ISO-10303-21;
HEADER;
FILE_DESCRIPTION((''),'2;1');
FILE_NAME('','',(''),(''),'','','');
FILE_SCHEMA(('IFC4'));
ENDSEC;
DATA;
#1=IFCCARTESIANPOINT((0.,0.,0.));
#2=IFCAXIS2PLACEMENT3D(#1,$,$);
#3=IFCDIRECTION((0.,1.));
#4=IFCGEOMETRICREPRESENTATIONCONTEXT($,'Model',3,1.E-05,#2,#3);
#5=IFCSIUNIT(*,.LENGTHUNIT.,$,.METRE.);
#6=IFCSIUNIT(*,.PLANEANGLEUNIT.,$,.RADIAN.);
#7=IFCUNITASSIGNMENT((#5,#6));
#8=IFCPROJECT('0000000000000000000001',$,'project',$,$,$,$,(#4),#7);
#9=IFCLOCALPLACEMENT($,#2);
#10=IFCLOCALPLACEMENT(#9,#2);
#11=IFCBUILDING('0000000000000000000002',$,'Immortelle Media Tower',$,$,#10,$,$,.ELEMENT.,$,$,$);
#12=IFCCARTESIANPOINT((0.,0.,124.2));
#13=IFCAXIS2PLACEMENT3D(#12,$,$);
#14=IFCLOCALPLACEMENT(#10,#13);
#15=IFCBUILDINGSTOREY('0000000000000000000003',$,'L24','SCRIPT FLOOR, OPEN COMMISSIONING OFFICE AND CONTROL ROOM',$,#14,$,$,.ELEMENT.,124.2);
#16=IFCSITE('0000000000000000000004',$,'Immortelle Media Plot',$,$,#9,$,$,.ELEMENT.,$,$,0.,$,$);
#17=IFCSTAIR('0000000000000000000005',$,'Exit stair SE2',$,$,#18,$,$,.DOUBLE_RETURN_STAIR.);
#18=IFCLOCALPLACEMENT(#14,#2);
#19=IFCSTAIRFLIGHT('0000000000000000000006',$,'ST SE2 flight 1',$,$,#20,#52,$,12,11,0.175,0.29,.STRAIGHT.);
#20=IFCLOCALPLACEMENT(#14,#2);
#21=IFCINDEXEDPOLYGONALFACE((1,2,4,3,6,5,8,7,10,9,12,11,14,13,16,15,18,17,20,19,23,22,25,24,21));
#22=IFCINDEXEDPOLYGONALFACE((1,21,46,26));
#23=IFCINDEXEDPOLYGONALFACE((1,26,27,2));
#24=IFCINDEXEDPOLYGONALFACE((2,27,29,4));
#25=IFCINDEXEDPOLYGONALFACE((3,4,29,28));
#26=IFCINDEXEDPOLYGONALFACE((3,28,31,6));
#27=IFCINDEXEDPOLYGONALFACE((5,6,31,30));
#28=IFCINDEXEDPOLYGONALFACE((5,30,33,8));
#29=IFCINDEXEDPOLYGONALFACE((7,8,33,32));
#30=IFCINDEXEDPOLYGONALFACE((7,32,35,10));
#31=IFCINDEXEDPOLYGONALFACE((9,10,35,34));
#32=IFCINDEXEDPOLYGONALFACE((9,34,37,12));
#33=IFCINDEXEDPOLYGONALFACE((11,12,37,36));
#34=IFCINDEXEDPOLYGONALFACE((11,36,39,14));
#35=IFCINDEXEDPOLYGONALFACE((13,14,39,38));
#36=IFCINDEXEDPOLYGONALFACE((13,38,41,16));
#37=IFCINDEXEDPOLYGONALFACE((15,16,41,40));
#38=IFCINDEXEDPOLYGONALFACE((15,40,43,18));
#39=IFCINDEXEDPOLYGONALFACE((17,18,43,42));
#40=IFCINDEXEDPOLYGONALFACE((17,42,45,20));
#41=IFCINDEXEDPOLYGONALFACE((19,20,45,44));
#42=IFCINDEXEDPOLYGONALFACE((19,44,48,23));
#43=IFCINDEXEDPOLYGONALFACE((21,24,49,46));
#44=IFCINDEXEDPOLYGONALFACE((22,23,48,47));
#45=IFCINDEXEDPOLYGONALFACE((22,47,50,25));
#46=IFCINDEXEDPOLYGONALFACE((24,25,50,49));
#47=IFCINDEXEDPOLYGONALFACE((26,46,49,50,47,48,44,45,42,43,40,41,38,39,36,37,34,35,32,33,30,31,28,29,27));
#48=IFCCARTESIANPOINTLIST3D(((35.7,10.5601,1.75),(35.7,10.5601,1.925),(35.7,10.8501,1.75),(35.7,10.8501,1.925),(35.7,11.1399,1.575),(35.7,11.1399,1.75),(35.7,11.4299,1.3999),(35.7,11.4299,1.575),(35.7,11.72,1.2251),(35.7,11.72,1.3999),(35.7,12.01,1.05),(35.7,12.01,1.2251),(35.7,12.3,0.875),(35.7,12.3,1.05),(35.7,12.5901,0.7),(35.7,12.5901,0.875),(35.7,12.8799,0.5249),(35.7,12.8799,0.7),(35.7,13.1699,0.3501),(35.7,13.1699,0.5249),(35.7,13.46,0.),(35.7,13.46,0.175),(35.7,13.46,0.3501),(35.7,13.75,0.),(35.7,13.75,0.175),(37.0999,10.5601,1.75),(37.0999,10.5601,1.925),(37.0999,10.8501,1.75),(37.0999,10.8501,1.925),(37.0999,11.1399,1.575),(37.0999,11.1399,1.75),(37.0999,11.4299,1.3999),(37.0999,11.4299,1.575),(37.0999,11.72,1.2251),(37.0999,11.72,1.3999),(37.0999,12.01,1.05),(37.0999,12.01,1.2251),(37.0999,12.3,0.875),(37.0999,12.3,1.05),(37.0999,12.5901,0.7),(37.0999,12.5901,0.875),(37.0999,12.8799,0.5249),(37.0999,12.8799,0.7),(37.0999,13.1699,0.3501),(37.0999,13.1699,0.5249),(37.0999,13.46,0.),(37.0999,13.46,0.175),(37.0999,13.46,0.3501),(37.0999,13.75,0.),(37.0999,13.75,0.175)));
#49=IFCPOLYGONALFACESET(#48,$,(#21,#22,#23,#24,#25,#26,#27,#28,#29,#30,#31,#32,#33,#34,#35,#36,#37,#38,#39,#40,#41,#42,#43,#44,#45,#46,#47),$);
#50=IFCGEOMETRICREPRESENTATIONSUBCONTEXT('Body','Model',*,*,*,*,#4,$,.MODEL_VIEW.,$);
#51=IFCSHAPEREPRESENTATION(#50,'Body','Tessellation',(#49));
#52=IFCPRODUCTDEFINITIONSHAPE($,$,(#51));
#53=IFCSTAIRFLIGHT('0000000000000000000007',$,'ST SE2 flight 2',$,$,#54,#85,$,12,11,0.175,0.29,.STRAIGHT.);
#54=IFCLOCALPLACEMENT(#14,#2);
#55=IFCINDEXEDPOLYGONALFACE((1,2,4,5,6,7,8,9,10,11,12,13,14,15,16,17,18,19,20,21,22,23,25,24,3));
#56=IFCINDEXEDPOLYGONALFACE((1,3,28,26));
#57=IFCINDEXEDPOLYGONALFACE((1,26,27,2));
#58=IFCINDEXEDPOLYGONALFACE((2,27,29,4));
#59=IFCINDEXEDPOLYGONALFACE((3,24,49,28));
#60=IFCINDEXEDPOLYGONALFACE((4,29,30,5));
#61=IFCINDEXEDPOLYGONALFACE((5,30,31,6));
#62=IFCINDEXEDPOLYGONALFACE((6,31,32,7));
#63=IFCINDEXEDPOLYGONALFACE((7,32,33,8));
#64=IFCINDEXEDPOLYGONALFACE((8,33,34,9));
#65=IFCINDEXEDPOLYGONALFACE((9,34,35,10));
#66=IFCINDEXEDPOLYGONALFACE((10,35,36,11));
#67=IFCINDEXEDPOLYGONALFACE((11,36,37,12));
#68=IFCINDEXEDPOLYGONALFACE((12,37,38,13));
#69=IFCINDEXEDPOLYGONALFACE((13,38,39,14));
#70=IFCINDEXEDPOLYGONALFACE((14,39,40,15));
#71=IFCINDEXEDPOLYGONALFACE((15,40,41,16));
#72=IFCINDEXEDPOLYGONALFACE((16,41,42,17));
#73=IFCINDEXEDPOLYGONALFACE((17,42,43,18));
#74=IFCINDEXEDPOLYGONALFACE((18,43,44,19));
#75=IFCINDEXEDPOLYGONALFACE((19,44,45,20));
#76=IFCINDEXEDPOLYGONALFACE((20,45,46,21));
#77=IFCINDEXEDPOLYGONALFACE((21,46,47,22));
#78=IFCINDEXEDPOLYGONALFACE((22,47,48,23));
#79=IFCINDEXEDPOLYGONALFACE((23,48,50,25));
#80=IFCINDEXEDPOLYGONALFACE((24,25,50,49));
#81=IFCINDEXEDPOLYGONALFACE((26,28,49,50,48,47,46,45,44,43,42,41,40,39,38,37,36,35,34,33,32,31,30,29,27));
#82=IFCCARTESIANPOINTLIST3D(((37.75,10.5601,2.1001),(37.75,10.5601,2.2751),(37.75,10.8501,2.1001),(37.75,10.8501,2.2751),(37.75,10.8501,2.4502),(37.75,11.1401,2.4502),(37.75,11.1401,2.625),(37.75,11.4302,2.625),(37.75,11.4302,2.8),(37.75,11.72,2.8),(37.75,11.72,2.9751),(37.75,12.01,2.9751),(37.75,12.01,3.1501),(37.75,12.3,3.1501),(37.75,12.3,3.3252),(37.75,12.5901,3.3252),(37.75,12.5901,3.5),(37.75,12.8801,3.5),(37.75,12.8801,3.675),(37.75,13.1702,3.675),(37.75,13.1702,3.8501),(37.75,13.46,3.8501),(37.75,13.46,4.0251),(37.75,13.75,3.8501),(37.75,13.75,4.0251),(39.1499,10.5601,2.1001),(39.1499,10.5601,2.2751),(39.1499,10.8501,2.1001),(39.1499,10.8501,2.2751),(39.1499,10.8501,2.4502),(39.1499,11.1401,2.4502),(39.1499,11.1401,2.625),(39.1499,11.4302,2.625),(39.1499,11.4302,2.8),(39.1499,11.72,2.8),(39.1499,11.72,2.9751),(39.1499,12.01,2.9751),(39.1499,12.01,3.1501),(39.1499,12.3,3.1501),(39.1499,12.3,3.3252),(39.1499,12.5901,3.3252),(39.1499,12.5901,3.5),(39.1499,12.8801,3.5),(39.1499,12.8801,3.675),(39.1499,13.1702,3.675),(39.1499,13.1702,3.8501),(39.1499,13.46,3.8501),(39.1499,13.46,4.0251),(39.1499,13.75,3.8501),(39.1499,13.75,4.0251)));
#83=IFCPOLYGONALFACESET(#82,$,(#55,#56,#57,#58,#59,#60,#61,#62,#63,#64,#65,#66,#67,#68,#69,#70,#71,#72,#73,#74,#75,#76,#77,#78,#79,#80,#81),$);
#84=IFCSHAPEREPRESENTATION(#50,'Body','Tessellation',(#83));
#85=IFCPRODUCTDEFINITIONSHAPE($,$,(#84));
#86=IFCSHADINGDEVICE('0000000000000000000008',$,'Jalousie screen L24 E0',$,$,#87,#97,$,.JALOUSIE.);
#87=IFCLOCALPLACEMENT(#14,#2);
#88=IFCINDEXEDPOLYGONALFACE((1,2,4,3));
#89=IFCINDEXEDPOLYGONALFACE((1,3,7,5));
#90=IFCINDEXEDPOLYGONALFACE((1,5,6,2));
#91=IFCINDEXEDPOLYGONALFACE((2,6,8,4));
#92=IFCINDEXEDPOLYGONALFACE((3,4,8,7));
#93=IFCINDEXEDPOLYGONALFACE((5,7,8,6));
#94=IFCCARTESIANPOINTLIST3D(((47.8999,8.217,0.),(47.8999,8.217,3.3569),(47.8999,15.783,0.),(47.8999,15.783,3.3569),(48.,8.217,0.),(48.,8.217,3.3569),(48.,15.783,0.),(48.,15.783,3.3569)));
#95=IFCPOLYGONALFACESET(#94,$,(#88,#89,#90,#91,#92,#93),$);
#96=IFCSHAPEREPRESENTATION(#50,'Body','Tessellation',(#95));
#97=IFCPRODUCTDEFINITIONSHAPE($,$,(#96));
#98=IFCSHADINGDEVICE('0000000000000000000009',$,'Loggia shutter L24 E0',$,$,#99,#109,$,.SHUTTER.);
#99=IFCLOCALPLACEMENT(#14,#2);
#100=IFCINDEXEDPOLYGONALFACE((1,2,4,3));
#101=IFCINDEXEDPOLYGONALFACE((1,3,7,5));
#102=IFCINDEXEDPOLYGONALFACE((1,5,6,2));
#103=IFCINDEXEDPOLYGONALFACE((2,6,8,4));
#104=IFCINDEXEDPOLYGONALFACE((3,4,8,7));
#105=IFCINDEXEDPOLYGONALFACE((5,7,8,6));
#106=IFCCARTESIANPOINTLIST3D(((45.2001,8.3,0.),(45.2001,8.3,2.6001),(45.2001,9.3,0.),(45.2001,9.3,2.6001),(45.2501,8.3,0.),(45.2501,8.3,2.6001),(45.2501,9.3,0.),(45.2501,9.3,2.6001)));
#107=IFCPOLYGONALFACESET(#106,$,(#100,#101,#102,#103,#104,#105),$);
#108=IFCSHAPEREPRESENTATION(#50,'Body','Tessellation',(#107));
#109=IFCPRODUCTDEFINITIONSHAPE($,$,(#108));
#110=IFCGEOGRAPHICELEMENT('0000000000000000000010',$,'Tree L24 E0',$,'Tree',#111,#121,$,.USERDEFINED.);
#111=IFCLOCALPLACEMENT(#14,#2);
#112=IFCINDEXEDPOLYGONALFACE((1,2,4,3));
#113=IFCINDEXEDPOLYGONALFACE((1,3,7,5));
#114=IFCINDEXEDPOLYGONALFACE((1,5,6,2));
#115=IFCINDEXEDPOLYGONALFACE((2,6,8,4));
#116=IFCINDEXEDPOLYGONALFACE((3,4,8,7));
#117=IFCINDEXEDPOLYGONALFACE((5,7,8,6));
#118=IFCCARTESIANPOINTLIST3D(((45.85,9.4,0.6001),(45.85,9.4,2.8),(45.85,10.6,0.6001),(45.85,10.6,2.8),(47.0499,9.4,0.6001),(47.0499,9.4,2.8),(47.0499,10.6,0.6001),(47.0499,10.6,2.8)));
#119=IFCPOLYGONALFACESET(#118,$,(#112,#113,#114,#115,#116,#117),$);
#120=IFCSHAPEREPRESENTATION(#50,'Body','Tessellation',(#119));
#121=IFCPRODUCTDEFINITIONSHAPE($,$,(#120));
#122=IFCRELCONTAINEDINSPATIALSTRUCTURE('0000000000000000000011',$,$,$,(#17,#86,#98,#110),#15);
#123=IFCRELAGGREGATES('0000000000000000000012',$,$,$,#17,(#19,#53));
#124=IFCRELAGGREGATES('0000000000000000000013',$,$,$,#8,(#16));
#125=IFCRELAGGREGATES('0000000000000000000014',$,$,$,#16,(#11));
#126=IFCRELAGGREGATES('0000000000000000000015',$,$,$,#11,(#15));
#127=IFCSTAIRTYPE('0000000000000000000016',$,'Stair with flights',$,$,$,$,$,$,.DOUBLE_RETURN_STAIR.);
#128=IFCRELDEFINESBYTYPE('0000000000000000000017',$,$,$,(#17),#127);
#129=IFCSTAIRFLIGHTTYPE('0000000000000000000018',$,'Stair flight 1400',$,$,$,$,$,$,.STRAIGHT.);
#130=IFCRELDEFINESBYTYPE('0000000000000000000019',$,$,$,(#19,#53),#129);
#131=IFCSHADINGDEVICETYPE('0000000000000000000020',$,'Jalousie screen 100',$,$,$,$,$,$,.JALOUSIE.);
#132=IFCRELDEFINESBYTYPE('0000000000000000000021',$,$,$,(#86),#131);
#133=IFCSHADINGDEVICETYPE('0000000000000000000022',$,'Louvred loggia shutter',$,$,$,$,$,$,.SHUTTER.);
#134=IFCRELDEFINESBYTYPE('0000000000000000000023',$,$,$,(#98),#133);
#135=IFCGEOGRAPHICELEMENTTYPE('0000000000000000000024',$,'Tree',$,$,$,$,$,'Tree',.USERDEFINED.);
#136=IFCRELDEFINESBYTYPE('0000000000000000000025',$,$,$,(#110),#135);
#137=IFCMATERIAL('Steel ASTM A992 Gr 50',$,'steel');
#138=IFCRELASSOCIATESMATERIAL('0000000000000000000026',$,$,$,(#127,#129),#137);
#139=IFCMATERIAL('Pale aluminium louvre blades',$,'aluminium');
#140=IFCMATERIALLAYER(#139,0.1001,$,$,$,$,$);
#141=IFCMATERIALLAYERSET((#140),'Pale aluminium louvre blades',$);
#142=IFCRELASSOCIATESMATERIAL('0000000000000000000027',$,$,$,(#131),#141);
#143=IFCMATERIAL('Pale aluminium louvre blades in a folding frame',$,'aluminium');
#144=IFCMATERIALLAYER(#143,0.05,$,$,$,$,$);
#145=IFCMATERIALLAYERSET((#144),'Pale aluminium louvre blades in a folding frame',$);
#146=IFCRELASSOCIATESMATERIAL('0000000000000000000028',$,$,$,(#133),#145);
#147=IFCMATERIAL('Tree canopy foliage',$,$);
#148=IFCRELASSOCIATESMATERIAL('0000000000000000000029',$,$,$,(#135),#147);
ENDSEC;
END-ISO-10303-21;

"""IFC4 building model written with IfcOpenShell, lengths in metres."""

from ifc_helpers import new_model, si_unit, direction, frame, origin, origin_2d, place, context, subcontext, project, spatial, polyline, rectangle, outline, extrude, material, layer, layer_set, type_object, element, aggregate, save


model = new_model("IFC4")

# Units and contexts
model_context = context("Model", 3, precision=1e-05, world=origin(), true_north=direction((0.0, 1.0)))
body_context = subcontext(model_context, "Body", "Model", "MODEL_VIEW")
ifc_project = project(units=[si_unit("LENGTHUNIT", "METRE"), si_unit("PLANEANGLEUNIT", "RADIAN")], contexts=[model_context])

# Site, building, storey
site_placement = place(None, origin())
site = spatial("IfcSite", under=ifc_project, at=site_placement, Name="Immortelle Media Plot", CompositionType="ELEMENT", RefElevation=0.0)
building_placement = place(site_placement, origin())
building = spatial("IfcBuilding", under=site, at=building_placement, Name="Immortelle Media Tower", CompositionType="ELEMENT")
storey_placement = place(building_placement, frame((0.0, 0.0, 124.2)))
storey = spatial("IfcBuildingStorey", under=building, at=storey_placement, Name="L24", Description="SCRIPT FLOOR, OPEN COMMISSIONING OFFICE AND CONTROL ROOM", CompositionType="ELEMENT", Elevation=124.2)

# Shared definitions
ifc_material_1 = material(Name="Steel ASTM A992 Gr 50", Category="steel")

# Stair, stair flights
stair_type = type_object("IfcStairType", Name="Stair with flights", PredefinedType="DOUBLE_RETURN_STAIR", material=ifc_material_1)
stair_flight_type = type_object("IfcStairFlightType", Name="Stair flight 1400", PredefinedType="STRAIGHT", material=ifc_material_1)
stair_1_placement = place(storey_placement, origin())
stair_1 = element("IfcStair", 1, at=stair_1_placement, inside=storey, type_object=stair_type, Name="Exit stair SE2", PredefinedType="DOUBLE_RETURN_STAIR")
stair_flight_1_placement = place(storey_placement, frame((36.3999, 13.75, 0.0), z_axis=(0.0, 0.0, 1.0), x_axis=(0.0, -1.0, 0.0)))
stair_flight_1 = element("IfcStairFlight", 2, at=stair_flight_1_placement, type_object=stair_flight_type, Name="ST SE2 flight 1", NumberOfRisers=12, NumberOfTreads=11, PredefinedType="STRAIGHT", RiserHeight=0.175, TreadLength=0.29, context=body_context, shape_type="SweptSolid", body=[
    extrude(outline(polyline([(0.0, 0.0), (0.0, 0.175), (0.29, 0.175), (0.29, 0.3501), (0.5801, 0.3501), (0.5801, 0.5249), (0.8701, 0.5249), (0.8701, 0.7), (1.1599, 0.7), (1.1599, 0.875), (1.45, 0.875), (1.45, 1.05), (1.74, 1.05), (1.74, 1.2251), (2.03, 1.2251), (2.03, 1.3999), (2.3201, 1.3999), (2.3201, 1.575), (2.6101, 1.575), (2.6101, 1.75), (2.8999, 1.75), (2.8999, 1.925), (3.1899, 1.925), (3.1899, 2.1001), (3.1899, 1.75), (0.29, 0.0), (0.0, 0.0)])), frame((0.0, 0.7, 0.0), z_axis=(0.0, -1.0, 0.0), x_axis=(1.0, 0.0, 0.0)), (0.0, 0.0, 1.0), 1.3999),
])
stair_flight_2_placement = place(storey_placement, frame((38.45, 10.5601, 2.1001), z_axis=(0.0, 0.0, 1.0), x_axis=(0.0, 1.0, 0.0)))
stair_flight_2 = element("IfcStairFlight", 3, at=stair_flight_2_placement, type_object=stair_flight_type, Name="ST SE2 flight 2", NumberOfRisers=12, NumberOfTreads=11, PredefinedType="STRAIGHT", RiserHeight=0.175, TreadLength=0.29, context=body_context, shape_type="SweptSolid", body=[
    extrude(outline(polyline([(0.0, 0.0), (0.0, 0.175), (0.29, 0.175), (0.29, 0.3501), (0.5801, 0.3501), (0.5801, 0.5249), (0.8701, 0.5249), (0.8701, 0.7), (1.1599, 0.7), (1.1599, 0.875), (1.45, 0.875), (1.45, 1.05), (1.74, 1.05), (1.74, 1.2251), (2.03, 1.2251), (2.03, 1.3999), (2.3201, 1.3999), (2.3201, 1.575), (2.6101, 1.575), (2.6101, 1.75), (2.8999, 1.75), (2.8999, 1.925), (3.1899, 1.925), (3.1899, 2.1001), (3.1899, 1.75), (0.29, 0.0), (0.0, 0.0)])), frame((0.0, 0.7, 0.0), z_axis=(0.0, -1.0, 0.0), x_axis=(1.0, 0.0, 0.0)), (0.0, 0.0, 1.0), 1.3999),
])
aggregate(stair_1, [stair_flight_1, stair_flight_2])

# Shading devices
ifc_material_2 = material(Name="Pale aluminium louvre blades", Category="aluminium")
ifc_layer_1 = layer(ifc_material_2, 0.1001)
ifc_layer_set_1 = layer_set([ifc_layer_1], Name="Pale aluminium louvre blades")
shading_device_type_1 = type_object("IfcShadingDeviceType", Name="Jalousie screen 100", PredefinedType="JALOUSIE", material=ifc_layer_set_1)
shading_device_1_placement = place(storey_placement, frame((47.95, 12.0, 0.0), z_axis=(0.0, 0.0, 1.0), x_axis=(0.0, 1.0, 0.0)))
element("IfcShadingDevice", 4, at=shading_device_1_placement, inside=storey, type_object=shading_device_type_1, Name="Jalousie screen L24 E0", PredefinedType="JALOUSIE", context=body_context, shape_type="SweptSolid", body=[
    extrude(rectangle(XDim=7.5659, YDim=0.1001, at=origin_2d()), origin(), (0.0, 0.0, 1.0), 3.3569),
])
ifc_material_3 = material(Name="Pale aluminium louvre blades in a folding frame", Category="aluminium")
ifc_layer_2 = layer(ifc_material_3, 0.05)
ifc_layer_set_2 = layer_set([ifc_layer_2], Name="Pale aluminium louvre blades in a folding frame")
shading_device_type_2 = type_object("IfcShadingDeviceType", Name="Louvred loggia shutter", PredefinedType="SHUTTER", material=ifc_layer_set_2)
shading_device_2_placement = place(storey_placement, frame((45.2251, 8.8, 0.0), z_axis=(0.0, 0.0, 1.0), x_axis=(0.0, 1.0, 0.0)))
element("IfcShadingDevice", 5, at=shading_device_2_placement, inside=storey, type_object=shading_device_type_2, Name="Loggia shutter L24 E0", PredefinedType="SHUTTER", context=body_context, shape_type="SweptSolid", body=[
    extrude(rectangle(XDim=1.0, YDim=0.05, at=origin_2d()), origin(), (0.0, 0.0, 1.0), 2.6001),
])

# Geographic element
ifc_material_4 = material(Name="Tree canopy foliage")
geographic_element_type = type_object("IfcGeographicElementType", Name="Tree", ElementType="Tree", PredefinedType="USERDEFINED", material=ifc_material_4)
geographic_element_placement = place(storey_placement, frame((46.45, 10.0, 0.6001), z_axis=(0.0, 0.0, 1.0), x_axis=(1.0, 0.0, 0.0)))
element("IfcGeographicElement", 6, at=geographic_element_placement, inside=storey, type_object=geographic_element_type, Name="Tree L24 E0", ObjectType="Tree", PredefinedType="USERDEFINED", context=body_context, shape_type="SweptSolid", body=[
    extrude(rectangle(XDim=1.2, YDim=1.2, at=origin_2d()), origin(), (0.0, 0.0, 1.0), 2.2),
])

save(model, "model.ifc")
